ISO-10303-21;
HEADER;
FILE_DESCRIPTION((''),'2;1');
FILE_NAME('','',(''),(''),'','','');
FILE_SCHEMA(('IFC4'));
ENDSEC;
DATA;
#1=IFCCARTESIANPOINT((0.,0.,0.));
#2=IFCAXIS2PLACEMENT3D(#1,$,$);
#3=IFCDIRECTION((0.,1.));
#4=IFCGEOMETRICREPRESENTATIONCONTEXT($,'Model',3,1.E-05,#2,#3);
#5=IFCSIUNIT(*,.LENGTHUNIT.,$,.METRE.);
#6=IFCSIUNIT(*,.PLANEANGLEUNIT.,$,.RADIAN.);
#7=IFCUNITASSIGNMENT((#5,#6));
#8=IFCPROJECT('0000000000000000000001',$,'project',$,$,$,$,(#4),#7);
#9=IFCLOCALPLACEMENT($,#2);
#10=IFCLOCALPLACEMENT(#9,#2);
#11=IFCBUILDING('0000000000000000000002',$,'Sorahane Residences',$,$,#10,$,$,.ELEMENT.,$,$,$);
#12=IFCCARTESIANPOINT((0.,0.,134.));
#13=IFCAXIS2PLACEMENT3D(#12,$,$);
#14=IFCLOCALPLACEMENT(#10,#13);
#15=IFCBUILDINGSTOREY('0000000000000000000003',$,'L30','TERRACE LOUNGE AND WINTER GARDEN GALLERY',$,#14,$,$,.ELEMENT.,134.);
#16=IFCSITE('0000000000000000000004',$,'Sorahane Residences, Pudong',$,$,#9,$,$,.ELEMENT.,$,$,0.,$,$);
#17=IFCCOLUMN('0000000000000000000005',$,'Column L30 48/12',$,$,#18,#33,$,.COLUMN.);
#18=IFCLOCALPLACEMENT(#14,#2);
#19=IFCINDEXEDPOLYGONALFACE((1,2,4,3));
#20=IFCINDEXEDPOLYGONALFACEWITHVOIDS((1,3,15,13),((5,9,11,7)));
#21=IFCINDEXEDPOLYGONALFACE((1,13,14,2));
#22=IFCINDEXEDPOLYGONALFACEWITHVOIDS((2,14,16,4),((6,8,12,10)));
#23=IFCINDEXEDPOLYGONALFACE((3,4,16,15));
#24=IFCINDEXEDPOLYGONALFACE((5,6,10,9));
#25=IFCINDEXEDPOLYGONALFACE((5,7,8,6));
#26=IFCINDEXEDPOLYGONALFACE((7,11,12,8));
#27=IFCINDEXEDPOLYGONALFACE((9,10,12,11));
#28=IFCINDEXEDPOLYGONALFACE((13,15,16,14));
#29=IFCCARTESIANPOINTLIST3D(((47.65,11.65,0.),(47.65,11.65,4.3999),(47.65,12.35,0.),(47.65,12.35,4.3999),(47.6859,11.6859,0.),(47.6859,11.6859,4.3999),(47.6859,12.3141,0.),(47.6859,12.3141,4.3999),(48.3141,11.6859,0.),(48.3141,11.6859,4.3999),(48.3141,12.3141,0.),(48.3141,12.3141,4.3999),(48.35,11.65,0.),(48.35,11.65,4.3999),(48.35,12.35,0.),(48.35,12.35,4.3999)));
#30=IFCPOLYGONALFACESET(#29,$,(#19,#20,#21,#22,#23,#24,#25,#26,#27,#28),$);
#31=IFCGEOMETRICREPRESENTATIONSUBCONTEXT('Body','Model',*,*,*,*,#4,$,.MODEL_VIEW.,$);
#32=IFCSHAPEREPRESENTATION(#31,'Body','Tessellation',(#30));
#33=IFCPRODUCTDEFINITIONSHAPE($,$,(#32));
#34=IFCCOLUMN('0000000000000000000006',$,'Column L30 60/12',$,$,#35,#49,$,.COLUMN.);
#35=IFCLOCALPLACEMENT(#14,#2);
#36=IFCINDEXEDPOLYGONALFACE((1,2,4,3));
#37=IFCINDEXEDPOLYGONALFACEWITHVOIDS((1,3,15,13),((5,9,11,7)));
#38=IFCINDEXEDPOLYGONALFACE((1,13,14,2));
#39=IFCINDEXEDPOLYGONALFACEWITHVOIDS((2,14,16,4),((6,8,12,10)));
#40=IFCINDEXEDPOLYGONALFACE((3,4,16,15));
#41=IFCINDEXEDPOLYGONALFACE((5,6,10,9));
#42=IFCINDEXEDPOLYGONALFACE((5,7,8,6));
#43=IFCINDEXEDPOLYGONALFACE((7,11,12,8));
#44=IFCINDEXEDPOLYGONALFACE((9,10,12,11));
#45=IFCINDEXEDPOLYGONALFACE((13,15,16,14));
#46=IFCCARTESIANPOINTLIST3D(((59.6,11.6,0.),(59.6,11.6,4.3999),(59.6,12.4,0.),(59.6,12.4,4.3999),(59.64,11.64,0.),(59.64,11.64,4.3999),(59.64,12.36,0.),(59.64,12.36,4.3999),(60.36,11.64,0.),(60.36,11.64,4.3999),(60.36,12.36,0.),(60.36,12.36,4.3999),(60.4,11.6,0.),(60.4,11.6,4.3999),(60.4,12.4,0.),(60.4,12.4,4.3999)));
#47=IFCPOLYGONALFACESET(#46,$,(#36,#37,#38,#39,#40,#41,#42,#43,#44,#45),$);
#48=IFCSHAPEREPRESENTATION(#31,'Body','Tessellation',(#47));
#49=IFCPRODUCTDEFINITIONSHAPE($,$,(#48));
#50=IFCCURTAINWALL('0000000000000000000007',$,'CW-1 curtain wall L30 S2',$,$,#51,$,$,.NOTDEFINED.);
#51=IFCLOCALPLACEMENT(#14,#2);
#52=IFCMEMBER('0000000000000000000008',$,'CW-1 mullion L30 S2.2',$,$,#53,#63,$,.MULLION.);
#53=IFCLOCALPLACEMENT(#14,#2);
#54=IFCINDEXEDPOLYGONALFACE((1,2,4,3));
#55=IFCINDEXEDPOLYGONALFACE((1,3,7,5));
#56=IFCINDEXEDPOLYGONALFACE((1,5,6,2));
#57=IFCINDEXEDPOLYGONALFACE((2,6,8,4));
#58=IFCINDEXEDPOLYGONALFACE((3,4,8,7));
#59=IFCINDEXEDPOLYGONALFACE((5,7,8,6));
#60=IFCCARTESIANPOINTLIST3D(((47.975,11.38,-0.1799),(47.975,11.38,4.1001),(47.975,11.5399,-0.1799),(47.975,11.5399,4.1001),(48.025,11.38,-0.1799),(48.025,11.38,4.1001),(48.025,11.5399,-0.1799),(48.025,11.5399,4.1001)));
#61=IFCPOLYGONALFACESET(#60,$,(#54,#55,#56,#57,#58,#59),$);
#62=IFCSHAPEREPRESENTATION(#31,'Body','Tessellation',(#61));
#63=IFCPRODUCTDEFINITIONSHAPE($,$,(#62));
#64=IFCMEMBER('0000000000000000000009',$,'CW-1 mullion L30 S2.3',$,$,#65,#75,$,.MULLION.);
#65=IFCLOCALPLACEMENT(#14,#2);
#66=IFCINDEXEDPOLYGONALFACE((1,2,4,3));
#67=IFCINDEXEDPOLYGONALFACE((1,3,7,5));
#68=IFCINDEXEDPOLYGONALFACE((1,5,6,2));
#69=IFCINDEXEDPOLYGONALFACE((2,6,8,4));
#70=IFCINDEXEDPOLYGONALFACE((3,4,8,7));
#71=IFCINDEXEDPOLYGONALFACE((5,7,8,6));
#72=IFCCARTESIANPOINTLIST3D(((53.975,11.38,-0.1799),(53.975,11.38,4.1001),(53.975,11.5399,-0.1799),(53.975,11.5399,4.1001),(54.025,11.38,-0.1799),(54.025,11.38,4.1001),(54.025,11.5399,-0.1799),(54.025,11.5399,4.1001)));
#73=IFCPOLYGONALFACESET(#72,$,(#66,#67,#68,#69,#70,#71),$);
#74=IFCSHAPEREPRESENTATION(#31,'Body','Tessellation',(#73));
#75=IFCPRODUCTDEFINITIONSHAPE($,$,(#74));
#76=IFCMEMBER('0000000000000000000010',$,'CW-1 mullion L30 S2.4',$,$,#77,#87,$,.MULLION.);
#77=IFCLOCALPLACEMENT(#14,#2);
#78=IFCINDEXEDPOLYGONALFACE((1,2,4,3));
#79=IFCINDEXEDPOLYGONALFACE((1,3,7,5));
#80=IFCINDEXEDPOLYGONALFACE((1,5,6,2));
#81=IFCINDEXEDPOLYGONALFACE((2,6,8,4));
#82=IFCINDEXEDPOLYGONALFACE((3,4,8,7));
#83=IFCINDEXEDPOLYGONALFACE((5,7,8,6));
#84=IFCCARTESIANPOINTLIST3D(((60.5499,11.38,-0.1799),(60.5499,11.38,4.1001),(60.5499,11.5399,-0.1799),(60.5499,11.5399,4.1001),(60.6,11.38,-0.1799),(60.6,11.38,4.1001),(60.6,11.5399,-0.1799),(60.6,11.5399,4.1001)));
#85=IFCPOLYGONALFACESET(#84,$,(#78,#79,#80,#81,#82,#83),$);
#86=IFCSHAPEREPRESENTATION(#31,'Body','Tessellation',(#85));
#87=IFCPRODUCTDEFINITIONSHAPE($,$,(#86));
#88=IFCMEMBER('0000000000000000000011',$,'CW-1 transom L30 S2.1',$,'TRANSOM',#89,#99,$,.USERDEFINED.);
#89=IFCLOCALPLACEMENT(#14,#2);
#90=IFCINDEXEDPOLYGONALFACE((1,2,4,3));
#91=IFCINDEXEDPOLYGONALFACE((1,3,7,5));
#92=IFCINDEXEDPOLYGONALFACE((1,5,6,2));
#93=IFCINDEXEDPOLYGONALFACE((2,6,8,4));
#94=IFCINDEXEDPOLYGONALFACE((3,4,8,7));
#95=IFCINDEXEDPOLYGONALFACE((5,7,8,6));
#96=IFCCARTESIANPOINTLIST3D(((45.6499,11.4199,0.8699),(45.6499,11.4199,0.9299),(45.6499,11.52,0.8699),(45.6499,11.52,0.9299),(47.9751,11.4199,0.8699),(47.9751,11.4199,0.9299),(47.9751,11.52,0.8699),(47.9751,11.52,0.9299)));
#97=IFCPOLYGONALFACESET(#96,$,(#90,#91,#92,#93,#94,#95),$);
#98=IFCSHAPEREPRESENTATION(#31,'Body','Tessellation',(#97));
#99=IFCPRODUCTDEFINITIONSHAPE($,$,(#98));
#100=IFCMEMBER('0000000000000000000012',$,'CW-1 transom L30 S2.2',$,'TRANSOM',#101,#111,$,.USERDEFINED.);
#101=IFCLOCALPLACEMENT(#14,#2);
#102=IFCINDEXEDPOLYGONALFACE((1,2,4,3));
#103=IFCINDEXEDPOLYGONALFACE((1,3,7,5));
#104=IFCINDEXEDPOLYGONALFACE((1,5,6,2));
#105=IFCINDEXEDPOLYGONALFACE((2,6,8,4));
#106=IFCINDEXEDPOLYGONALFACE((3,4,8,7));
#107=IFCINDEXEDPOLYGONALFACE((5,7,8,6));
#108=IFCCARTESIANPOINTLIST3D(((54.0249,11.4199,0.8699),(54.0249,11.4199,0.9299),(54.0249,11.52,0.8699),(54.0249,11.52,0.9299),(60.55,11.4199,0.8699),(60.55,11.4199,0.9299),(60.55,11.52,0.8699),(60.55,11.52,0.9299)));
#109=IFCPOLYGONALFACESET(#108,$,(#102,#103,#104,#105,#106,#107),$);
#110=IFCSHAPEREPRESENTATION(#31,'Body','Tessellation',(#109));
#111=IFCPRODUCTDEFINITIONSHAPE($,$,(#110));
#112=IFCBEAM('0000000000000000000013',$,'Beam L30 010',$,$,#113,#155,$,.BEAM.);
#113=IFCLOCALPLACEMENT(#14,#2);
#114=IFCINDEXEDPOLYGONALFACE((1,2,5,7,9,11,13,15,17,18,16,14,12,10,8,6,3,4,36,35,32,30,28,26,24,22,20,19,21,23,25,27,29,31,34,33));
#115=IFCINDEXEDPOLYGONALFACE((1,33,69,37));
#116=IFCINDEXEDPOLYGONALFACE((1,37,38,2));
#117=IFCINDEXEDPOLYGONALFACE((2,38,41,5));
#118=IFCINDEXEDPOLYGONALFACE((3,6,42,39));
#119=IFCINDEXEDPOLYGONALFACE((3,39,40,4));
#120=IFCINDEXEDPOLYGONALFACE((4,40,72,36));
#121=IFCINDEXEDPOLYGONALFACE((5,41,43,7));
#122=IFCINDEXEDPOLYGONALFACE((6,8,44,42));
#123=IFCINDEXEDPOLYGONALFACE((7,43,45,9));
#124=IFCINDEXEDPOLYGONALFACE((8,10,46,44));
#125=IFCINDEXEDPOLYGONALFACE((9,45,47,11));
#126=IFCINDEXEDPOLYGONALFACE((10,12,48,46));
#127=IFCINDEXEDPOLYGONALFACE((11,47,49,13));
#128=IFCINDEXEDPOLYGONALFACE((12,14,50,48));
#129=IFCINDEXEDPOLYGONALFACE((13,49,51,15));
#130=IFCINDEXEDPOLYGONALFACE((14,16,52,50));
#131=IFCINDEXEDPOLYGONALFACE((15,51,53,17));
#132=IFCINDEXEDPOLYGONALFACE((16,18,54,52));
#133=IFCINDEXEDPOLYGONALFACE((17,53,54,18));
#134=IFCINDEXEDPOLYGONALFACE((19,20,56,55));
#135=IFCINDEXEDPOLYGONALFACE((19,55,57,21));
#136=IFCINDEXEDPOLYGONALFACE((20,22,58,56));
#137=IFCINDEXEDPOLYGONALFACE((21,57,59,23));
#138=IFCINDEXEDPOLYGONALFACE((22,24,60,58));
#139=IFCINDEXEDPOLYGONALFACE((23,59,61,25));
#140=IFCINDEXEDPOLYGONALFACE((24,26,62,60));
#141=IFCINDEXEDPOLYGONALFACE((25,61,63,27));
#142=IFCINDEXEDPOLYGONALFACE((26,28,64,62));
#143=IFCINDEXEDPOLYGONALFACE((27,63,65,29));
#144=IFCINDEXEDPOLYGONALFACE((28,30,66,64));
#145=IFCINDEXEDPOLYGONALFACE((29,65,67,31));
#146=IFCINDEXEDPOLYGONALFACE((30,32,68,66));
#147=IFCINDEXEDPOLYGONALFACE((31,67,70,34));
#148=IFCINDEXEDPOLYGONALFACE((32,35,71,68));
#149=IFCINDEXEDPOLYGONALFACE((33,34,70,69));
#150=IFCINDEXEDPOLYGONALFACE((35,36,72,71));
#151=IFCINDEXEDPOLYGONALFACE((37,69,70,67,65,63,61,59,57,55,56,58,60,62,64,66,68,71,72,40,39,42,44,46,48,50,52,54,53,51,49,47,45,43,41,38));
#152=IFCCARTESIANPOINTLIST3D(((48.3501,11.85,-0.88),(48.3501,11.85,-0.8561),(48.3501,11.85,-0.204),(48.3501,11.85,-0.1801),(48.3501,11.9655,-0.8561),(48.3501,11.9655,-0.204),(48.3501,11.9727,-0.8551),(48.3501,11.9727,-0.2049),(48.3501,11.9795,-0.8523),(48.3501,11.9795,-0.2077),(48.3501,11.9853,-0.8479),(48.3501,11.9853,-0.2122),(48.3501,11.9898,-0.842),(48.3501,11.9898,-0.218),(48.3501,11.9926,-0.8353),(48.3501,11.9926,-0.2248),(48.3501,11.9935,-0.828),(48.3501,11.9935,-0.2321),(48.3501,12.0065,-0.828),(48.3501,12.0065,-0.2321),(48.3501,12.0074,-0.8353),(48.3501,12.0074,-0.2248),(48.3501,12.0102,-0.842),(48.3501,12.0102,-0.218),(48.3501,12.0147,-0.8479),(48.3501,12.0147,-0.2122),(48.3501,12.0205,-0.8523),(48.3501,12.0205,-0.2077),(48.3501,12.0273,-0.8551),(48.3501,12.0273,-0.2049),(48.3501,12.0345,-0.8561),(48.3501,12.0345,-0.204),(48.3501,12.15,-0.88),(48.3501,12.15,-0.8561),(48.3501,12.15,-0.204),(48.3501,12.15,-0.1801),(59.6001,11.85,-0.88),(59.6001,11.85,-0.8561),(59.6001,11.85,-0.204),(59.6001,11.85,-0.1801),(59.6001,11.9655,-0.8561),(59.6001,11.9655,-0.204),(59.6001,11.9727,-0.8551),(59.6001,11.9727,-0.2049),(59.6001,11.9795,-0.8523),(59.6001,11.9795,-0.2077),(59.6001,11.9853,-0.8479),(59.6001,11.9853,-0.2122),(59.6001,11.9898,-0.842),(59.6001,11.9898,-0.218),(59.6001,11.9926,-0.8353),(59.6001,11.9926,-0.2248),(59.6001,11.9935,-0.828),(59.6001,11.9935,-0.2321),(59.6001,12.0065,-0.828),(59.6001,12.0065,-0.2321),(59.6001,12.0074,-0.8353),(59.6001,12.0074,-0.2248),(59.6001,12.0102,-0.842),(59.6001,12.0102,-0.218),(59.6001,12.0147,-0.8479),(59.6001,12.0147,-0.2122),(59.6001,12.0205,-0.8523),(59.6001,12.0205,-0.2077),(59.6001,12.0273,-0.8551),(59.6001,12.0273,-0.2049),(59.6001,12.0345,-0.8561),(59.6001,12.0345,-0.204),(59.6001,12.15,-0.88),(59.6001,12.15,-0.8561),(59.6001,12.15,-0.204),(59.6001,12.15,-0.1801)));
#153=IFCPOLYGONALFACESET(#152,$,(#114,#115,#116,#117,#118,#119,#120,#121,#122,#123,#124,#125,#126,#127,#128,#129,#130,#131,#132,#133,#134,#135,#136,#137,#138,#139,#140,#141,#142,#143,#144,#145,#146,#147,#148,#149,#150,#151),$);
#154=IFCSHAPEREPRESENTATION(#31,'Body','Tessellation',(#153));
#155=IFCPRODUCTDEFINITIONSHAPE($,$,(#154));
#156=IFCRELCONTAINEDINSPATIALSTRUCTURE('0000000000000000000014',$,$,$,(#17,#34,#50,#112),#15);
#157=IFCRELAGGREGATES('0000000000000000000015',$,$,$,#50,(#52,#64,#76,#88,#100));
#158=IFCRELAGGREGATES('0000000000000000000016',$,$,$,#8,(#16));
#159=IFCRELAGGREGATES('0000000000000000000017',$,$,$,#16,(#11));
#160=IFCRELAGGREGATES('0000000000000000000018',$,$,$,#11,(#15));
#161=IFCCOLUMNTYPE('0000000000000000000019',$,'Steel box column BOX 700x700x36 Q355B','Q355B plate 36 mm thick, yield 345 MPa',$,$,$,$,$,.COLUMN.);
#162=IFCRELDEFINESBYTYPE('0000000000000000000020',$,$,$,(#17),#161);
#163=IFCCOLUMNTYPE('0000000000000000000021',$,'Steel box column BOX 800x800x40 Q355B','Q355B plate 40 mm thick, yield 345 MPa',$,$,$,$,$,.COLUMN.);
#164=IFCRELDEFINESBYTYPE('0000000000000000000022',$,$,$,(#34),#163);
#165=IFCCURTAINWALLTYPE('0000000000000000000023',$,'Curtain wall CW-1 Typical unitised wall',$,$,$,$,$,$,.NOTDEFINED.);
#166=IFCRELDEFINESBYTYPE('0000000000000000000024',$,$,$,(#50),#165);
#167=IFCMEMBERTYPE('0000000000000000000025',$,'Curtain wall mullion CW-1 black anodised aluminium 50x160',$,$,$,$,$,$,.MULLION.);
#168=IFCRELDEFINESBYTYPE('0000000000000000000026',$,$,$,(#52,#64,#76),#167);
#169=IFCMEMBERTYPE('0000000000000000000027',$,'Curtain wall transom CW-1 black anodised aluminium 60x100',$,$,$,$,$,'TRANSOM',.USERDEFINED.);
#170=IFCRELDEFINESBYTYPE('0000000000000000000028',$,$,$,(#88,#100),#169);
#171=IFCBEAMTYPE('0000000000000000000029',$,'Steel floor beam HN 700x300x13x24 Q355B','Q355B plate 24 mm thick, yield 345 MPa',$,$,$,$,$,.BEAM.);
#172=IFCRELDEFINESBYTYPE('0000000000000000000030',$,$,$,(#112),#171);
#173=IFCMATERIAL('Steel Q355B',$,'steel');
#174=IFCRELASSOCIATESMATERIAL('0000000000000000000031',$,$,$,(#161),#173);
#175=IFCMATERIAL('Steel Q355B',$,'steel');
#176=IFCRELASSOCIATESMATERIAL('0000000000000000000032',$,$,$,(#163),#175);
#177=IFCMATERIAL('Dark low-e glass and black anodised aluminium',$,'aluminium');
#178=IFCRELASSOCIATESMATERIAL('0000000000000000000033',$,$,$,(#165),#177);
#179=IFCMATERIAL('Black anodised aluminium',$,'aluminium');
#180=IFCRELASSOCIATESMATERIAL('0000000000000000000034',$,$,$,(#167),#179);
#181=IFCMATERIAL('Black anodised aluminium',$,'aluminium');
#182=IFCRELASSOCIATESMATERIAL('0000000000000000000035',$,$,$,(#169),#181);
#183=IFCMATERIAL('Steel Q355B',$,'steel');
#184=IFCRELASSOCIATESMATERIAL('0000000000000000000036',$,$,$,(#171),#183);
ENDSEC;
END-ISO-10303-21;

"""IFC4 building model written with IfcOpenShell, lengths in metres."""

from ifc_helpers import new_model, si_unit, direction, frame, origin, origin_2d, place, context, subcontext, project, spatial, rectangle, hollow_rectangle, i_section, extrude, material, material_profile, profile_set, type_object, element, aggregate, save


model = new_model("IFC4")

# Units and contexts
model_context = context("Model", 3, precision=1e-05, world=origin(), true_north=direction((0.0, 1.0)))
body_context = subcontext(model_context, "Body", "Model", "MODEL_VIEW")
ifc_project = project(units=[si_unit("LENGTHUNIT", "METRE"), si_unit("PLANEANGLEUNIT", "RADIAN")], contexts=[model_context])

# Site, building, storey
site_placement = place(None, origin())
site = spatial("IfcSite", under=ifc_project, at=site_placement, Name="Sorahane Residences, Pudong", CompositionType="ELEMENT", RefElevation=0.0)
building_placement = place(site_placement, origin())
building = spatial("IfcBuilding", under=site, at=building_placement, Name="Sorahane Residences", CompositionType="ELEMENT")
storey_placement = place(building_placement, frame((0.0, 0.0, 134.0)))
storey = spatial("IfcBuildingStorey", under=building, at=storey_placement, Name="L30", Description="TERRACE LOUNGE AND WINTER GARDEN GALLERY", CompositionType="ELEMENT", Elevation=134.0)

# Columns
ifc_material_1 = material(Name="Steel Q355B", Category="steel")
ifc_material_profile_1 = material_profile(ifc_material_1, hollow_rectangle(XDim=0.7, YDim=0.7, WallThickness=0.0359, at=origin_2d()), Name="BOX 700x700x36")
ifc_profile_set_1 = profile_set([ifc_material_profile_1], Name="Steel Q355B")
column_type_1 = type_object("IfcColumnType", Name="Steel box column BOX 700x700x36 Q355B", Description="Q355B plate 36 mm thick, yield 345 MPa", PredefinedType="COLUMN", material=ifc_profile_set_1)
column_1_placement = place(storey_placement, frame((48.0, 12.0, 0.0), z_axis=(0.0, 0.0, 1.0), x_axis=(1.0, 0.0, 0.0)))
element("IfcColumn", 1, at=column_1_placement, inside=storey, type_object=column_type_1, Name="Column L30 48/12", PredefinedType="COLUMN", context=body_context, shape_type="SweptSolid", body=[
    extrude(hollow_rectangle(XDim=0.7, YDim=0.7, WallThickness=0.0359, at=origin_2d()), origin(), (0.0, 0.0, 1.0), 4.3999),
])
ifc_material_2 = material(Name="Steel Q355B", Category="steel")
ifc_material_profile_2 = material_profile(ifc_material_2, hollow_rectangle(XDim=0.8, YDim=0.8, WallThickness=0.04, at=origin_2d()), Name="BOX 800x800x40")
ifc_profile_set_2 = profile_set([ifc_material_profile_2], Name="Steel Q355B")
column_type_2 = type_object("IfcColumnType", Name="Steel box column BOX 800x800x40 Q355B", Description="Q355B plate 40 mm thick, yield 345 MPa", PredefinedType="COLUMN", material=ifc_profile_set_2)
column_2_placement = place(storey_placement, frame((60.0, 12.0, 0.0), z_axis=(0.0, 0.0, 1.0), x_axis=(1.0, 0.0, 0.0)))
element("IfcColumn", 2, at=column_2_placement, inside=storey, type_object=column_type_2, Name="Column L30 60/12", PredefinedType="COLUMN", context=body_context, shape_type="SweptSolid", body=[
    extrude(hollow_rectangle(XDim=0.8, YDim=0.8, WallThickness=0.04, at=origin_2d()), origin(), (0.0, 0.0, 1.0), 4.3999),
])

# Curtain wall, members
ifc_material_3 = material(Name="Dark low-e glass and black anodised aluminium", Category="aluminium")
curtain_wall_type = type_object("IfcCurtainWallType", Name="Curtain wall CW-1 Typical unitised wall", PredefinedType="NOTDEFINED", material=ifc_material_3)
curtain_wall_1_placement = place(storey_placement, origin())
curtain_wall_1 = element("IfcCurtainWall", 3, at=curtain_wall_1_placement, inside=storey, type_object=curtain_wall_type, Name="CW-1 curtain wall L30 S2", PredefinedType="NOTDEFINED")
ifc_material_4 = material(Name="Black anodised aluminium", Category="aluminium")
ifc_material_profile_3 = material_profile(ifc_material_4, rectangle(XDim=0.1599, YDim=0.05, at=origin_2d()), Name="Curtain wall mullion CW-1 black anodised aluminium 50x160")
ifc_profile_set_3 = profile_set([ifc_material_profile_3], Name="Black anodised aluminium")
member_type_1 = type_object("IfcMemberType", Name="Curtain wall mullion CW-1 black anodised aluminium 50x160", PredefinedType="MULLION", material=ifc_profile_set_3)
member_1_placement = place(storey_placement, frame((48.0, 11.46, -0.1799), z_axis=(0.0, 0.0, 1.0), x_axis=(0.0, -1.0, 0.0)))
member_1 = element("IfcMember", 4, at=member_1_placement, type_object=member_type_1, Name="CW-1 mullion L30 S2.2", PredefinedType="MULLION", context=body_context, shape_type="SweptSolid", body=[
    extrude(rectangle(XDim=0.1599, YDim=0.05, at=origin_2d()), origin(), (0.0, 0.0, 1.0), 4.28),
])
member_2_placement = place(storey_placement, frame((54.0, 11.46, -0.1799), z_axis=(0.0, 0.0, 1.0), x_axis=(0.0, -1.0, 0.0)))
member_2 = element("IfcMember", 5, at=member_2_placement, type_object=member_type_1, Name="CW-1 mullion L30 S2.3", PredefinedType="MULLION", context=body_context, shape_type="SweptSolid", body=[
    extrude(rectangle(XDim=0.1599, YDim=0.05, at=origin_2d()), origin(), (0.0, 0.0, 1.0), 4.28),
])
member_3_placement = place(storey_placement, frame((60.575, 11.46, -0.1799), z_axis=(0.0, 0.0, 1.0), x_axis=(0.0, -1.0, 0.0)))
member_3 = element("IfcMember", 6, at=member_3_placement, type_object=member_type_1, Name="CW-1 mullion L30 S2.4", PredefinedType="MULLION", context=body_context, shape_type="SweptSolid", body=[
    extrude(rectangle(XDim=0.1599, YDim=0.05, at=origin_2d()), origin(), (0.0, 0.0, 1.0), 4.28),
])
ifc_material_5 = material(Name="Black anodised aluminium", Category="aluminium")
ifc_material_profile_4 = material_profile(ifc_material_5, rectangle(XDim=0.1001, YDim=0.0601, at=origin_2d()), Name="Curtain wall transom CW-1 black anodised aluminium 60x100")
ifc_profile_set_4 = profile_set([ifc_material_profile_4], Name="Black anodised aluminium")
member_type_2 = type_object("IfcMemberType", Name="Curtain wall transom CW-1 black anodised aluminium 60x100", ElementType="TRANSOM", PredefinedType="USERDEFINED", material=ifc_profile_set_4)
member_4_placement = place(storey_placement, frame((45.6499, 11.47, 0.8999), z_axis=(1.0, 0.0, 0.0), x_axis=(0.0, 1.0, 0.0)))
member_4 = element("IfcMember", 7, at=member_4_placement, type_object=member_type_2, Name="CW-1 transom L30 S2.1", ObjectType="TRANSOM", PredefinedType="USERDEFINED", context=body_context, shape_type="SweptSolid", body=[
    extrude(rectangle(XDim=0.1001, YDim=0.0601, at=origin_2d()), origin(), (0.0, 0.0, 1.0), 2.3252),
])
member_5_placement = place(storey_placement, frame((54.0249, 11.47, 0.8999), z_axis=(1.0, 0.0, 0.0), x_axis=(0.0, 1.0, 0.0)))
member_5 = element("IfcMember", 8, at=member_5_placement, type_object=member_type_2, Name="CW-1 transom L30 S2.2", ObjectType="TRANSOM", PredefinedType="USERDEFINED", context=body_context, shape_type="SweptSolid", body=[
    extrude(rectangle(XDim=0.1001, YDim=0.0601, at=origin_2d()), origin(), (0.0, 0.0, 1.0), 6.5251),
])
aggregate(curtain_wall_1, [member_1, member_2, member_3, member_4, member_5])

# Beam
ifc_material_6 = material(Name="Steel Q355B", Category="steel")
ifc_material_profile_5 = material_profile(ifc_material_6, i_section(OverallWidth=0.3, OverallDepth=0.7, WebThickness=0.0129, FlangeThickness=0.0239, FilletRadius=0.0281, at=origin_2d()), Name="HN 700x300x13x24")
ifc_profile_set_5 = profile_set([ifc_material_profile_5], Name="Steel Q355B")
beam_type = type_object("IfcBeamType", Name="Steel floor beam HN 700x300x13x24 Q355B", Description="Q355B plate 24 mm thick, yield 345 MPa", PredefinedType="BEAM", material=ifc_profile_set_5)
beam_1_placement = place(storey_placement, frame((48.3501, 12.0, -0.53), z_axis=(1.0, 0.0, 0.0), x_axis=(0.0, 1.0, 0.0)))
element("IfcBeam", 9, at=beam_1_placement, inside=storey, type_object=beam_type, Name="Beam L30 010", PredefinedType="BEAM", context=body_context, shape_type="SweptSolid", body=[
    extrude(i_section(OverallWidth=0.3, OverallDepth=0.7, WebThickness=0.0129, FlangeThickness=0.0239, FilletRadius=0.0281, at=origin_2d()), origin(), (0.0, 0.0, 1.0), 11.25),
])

save(model, "model.ifc")
